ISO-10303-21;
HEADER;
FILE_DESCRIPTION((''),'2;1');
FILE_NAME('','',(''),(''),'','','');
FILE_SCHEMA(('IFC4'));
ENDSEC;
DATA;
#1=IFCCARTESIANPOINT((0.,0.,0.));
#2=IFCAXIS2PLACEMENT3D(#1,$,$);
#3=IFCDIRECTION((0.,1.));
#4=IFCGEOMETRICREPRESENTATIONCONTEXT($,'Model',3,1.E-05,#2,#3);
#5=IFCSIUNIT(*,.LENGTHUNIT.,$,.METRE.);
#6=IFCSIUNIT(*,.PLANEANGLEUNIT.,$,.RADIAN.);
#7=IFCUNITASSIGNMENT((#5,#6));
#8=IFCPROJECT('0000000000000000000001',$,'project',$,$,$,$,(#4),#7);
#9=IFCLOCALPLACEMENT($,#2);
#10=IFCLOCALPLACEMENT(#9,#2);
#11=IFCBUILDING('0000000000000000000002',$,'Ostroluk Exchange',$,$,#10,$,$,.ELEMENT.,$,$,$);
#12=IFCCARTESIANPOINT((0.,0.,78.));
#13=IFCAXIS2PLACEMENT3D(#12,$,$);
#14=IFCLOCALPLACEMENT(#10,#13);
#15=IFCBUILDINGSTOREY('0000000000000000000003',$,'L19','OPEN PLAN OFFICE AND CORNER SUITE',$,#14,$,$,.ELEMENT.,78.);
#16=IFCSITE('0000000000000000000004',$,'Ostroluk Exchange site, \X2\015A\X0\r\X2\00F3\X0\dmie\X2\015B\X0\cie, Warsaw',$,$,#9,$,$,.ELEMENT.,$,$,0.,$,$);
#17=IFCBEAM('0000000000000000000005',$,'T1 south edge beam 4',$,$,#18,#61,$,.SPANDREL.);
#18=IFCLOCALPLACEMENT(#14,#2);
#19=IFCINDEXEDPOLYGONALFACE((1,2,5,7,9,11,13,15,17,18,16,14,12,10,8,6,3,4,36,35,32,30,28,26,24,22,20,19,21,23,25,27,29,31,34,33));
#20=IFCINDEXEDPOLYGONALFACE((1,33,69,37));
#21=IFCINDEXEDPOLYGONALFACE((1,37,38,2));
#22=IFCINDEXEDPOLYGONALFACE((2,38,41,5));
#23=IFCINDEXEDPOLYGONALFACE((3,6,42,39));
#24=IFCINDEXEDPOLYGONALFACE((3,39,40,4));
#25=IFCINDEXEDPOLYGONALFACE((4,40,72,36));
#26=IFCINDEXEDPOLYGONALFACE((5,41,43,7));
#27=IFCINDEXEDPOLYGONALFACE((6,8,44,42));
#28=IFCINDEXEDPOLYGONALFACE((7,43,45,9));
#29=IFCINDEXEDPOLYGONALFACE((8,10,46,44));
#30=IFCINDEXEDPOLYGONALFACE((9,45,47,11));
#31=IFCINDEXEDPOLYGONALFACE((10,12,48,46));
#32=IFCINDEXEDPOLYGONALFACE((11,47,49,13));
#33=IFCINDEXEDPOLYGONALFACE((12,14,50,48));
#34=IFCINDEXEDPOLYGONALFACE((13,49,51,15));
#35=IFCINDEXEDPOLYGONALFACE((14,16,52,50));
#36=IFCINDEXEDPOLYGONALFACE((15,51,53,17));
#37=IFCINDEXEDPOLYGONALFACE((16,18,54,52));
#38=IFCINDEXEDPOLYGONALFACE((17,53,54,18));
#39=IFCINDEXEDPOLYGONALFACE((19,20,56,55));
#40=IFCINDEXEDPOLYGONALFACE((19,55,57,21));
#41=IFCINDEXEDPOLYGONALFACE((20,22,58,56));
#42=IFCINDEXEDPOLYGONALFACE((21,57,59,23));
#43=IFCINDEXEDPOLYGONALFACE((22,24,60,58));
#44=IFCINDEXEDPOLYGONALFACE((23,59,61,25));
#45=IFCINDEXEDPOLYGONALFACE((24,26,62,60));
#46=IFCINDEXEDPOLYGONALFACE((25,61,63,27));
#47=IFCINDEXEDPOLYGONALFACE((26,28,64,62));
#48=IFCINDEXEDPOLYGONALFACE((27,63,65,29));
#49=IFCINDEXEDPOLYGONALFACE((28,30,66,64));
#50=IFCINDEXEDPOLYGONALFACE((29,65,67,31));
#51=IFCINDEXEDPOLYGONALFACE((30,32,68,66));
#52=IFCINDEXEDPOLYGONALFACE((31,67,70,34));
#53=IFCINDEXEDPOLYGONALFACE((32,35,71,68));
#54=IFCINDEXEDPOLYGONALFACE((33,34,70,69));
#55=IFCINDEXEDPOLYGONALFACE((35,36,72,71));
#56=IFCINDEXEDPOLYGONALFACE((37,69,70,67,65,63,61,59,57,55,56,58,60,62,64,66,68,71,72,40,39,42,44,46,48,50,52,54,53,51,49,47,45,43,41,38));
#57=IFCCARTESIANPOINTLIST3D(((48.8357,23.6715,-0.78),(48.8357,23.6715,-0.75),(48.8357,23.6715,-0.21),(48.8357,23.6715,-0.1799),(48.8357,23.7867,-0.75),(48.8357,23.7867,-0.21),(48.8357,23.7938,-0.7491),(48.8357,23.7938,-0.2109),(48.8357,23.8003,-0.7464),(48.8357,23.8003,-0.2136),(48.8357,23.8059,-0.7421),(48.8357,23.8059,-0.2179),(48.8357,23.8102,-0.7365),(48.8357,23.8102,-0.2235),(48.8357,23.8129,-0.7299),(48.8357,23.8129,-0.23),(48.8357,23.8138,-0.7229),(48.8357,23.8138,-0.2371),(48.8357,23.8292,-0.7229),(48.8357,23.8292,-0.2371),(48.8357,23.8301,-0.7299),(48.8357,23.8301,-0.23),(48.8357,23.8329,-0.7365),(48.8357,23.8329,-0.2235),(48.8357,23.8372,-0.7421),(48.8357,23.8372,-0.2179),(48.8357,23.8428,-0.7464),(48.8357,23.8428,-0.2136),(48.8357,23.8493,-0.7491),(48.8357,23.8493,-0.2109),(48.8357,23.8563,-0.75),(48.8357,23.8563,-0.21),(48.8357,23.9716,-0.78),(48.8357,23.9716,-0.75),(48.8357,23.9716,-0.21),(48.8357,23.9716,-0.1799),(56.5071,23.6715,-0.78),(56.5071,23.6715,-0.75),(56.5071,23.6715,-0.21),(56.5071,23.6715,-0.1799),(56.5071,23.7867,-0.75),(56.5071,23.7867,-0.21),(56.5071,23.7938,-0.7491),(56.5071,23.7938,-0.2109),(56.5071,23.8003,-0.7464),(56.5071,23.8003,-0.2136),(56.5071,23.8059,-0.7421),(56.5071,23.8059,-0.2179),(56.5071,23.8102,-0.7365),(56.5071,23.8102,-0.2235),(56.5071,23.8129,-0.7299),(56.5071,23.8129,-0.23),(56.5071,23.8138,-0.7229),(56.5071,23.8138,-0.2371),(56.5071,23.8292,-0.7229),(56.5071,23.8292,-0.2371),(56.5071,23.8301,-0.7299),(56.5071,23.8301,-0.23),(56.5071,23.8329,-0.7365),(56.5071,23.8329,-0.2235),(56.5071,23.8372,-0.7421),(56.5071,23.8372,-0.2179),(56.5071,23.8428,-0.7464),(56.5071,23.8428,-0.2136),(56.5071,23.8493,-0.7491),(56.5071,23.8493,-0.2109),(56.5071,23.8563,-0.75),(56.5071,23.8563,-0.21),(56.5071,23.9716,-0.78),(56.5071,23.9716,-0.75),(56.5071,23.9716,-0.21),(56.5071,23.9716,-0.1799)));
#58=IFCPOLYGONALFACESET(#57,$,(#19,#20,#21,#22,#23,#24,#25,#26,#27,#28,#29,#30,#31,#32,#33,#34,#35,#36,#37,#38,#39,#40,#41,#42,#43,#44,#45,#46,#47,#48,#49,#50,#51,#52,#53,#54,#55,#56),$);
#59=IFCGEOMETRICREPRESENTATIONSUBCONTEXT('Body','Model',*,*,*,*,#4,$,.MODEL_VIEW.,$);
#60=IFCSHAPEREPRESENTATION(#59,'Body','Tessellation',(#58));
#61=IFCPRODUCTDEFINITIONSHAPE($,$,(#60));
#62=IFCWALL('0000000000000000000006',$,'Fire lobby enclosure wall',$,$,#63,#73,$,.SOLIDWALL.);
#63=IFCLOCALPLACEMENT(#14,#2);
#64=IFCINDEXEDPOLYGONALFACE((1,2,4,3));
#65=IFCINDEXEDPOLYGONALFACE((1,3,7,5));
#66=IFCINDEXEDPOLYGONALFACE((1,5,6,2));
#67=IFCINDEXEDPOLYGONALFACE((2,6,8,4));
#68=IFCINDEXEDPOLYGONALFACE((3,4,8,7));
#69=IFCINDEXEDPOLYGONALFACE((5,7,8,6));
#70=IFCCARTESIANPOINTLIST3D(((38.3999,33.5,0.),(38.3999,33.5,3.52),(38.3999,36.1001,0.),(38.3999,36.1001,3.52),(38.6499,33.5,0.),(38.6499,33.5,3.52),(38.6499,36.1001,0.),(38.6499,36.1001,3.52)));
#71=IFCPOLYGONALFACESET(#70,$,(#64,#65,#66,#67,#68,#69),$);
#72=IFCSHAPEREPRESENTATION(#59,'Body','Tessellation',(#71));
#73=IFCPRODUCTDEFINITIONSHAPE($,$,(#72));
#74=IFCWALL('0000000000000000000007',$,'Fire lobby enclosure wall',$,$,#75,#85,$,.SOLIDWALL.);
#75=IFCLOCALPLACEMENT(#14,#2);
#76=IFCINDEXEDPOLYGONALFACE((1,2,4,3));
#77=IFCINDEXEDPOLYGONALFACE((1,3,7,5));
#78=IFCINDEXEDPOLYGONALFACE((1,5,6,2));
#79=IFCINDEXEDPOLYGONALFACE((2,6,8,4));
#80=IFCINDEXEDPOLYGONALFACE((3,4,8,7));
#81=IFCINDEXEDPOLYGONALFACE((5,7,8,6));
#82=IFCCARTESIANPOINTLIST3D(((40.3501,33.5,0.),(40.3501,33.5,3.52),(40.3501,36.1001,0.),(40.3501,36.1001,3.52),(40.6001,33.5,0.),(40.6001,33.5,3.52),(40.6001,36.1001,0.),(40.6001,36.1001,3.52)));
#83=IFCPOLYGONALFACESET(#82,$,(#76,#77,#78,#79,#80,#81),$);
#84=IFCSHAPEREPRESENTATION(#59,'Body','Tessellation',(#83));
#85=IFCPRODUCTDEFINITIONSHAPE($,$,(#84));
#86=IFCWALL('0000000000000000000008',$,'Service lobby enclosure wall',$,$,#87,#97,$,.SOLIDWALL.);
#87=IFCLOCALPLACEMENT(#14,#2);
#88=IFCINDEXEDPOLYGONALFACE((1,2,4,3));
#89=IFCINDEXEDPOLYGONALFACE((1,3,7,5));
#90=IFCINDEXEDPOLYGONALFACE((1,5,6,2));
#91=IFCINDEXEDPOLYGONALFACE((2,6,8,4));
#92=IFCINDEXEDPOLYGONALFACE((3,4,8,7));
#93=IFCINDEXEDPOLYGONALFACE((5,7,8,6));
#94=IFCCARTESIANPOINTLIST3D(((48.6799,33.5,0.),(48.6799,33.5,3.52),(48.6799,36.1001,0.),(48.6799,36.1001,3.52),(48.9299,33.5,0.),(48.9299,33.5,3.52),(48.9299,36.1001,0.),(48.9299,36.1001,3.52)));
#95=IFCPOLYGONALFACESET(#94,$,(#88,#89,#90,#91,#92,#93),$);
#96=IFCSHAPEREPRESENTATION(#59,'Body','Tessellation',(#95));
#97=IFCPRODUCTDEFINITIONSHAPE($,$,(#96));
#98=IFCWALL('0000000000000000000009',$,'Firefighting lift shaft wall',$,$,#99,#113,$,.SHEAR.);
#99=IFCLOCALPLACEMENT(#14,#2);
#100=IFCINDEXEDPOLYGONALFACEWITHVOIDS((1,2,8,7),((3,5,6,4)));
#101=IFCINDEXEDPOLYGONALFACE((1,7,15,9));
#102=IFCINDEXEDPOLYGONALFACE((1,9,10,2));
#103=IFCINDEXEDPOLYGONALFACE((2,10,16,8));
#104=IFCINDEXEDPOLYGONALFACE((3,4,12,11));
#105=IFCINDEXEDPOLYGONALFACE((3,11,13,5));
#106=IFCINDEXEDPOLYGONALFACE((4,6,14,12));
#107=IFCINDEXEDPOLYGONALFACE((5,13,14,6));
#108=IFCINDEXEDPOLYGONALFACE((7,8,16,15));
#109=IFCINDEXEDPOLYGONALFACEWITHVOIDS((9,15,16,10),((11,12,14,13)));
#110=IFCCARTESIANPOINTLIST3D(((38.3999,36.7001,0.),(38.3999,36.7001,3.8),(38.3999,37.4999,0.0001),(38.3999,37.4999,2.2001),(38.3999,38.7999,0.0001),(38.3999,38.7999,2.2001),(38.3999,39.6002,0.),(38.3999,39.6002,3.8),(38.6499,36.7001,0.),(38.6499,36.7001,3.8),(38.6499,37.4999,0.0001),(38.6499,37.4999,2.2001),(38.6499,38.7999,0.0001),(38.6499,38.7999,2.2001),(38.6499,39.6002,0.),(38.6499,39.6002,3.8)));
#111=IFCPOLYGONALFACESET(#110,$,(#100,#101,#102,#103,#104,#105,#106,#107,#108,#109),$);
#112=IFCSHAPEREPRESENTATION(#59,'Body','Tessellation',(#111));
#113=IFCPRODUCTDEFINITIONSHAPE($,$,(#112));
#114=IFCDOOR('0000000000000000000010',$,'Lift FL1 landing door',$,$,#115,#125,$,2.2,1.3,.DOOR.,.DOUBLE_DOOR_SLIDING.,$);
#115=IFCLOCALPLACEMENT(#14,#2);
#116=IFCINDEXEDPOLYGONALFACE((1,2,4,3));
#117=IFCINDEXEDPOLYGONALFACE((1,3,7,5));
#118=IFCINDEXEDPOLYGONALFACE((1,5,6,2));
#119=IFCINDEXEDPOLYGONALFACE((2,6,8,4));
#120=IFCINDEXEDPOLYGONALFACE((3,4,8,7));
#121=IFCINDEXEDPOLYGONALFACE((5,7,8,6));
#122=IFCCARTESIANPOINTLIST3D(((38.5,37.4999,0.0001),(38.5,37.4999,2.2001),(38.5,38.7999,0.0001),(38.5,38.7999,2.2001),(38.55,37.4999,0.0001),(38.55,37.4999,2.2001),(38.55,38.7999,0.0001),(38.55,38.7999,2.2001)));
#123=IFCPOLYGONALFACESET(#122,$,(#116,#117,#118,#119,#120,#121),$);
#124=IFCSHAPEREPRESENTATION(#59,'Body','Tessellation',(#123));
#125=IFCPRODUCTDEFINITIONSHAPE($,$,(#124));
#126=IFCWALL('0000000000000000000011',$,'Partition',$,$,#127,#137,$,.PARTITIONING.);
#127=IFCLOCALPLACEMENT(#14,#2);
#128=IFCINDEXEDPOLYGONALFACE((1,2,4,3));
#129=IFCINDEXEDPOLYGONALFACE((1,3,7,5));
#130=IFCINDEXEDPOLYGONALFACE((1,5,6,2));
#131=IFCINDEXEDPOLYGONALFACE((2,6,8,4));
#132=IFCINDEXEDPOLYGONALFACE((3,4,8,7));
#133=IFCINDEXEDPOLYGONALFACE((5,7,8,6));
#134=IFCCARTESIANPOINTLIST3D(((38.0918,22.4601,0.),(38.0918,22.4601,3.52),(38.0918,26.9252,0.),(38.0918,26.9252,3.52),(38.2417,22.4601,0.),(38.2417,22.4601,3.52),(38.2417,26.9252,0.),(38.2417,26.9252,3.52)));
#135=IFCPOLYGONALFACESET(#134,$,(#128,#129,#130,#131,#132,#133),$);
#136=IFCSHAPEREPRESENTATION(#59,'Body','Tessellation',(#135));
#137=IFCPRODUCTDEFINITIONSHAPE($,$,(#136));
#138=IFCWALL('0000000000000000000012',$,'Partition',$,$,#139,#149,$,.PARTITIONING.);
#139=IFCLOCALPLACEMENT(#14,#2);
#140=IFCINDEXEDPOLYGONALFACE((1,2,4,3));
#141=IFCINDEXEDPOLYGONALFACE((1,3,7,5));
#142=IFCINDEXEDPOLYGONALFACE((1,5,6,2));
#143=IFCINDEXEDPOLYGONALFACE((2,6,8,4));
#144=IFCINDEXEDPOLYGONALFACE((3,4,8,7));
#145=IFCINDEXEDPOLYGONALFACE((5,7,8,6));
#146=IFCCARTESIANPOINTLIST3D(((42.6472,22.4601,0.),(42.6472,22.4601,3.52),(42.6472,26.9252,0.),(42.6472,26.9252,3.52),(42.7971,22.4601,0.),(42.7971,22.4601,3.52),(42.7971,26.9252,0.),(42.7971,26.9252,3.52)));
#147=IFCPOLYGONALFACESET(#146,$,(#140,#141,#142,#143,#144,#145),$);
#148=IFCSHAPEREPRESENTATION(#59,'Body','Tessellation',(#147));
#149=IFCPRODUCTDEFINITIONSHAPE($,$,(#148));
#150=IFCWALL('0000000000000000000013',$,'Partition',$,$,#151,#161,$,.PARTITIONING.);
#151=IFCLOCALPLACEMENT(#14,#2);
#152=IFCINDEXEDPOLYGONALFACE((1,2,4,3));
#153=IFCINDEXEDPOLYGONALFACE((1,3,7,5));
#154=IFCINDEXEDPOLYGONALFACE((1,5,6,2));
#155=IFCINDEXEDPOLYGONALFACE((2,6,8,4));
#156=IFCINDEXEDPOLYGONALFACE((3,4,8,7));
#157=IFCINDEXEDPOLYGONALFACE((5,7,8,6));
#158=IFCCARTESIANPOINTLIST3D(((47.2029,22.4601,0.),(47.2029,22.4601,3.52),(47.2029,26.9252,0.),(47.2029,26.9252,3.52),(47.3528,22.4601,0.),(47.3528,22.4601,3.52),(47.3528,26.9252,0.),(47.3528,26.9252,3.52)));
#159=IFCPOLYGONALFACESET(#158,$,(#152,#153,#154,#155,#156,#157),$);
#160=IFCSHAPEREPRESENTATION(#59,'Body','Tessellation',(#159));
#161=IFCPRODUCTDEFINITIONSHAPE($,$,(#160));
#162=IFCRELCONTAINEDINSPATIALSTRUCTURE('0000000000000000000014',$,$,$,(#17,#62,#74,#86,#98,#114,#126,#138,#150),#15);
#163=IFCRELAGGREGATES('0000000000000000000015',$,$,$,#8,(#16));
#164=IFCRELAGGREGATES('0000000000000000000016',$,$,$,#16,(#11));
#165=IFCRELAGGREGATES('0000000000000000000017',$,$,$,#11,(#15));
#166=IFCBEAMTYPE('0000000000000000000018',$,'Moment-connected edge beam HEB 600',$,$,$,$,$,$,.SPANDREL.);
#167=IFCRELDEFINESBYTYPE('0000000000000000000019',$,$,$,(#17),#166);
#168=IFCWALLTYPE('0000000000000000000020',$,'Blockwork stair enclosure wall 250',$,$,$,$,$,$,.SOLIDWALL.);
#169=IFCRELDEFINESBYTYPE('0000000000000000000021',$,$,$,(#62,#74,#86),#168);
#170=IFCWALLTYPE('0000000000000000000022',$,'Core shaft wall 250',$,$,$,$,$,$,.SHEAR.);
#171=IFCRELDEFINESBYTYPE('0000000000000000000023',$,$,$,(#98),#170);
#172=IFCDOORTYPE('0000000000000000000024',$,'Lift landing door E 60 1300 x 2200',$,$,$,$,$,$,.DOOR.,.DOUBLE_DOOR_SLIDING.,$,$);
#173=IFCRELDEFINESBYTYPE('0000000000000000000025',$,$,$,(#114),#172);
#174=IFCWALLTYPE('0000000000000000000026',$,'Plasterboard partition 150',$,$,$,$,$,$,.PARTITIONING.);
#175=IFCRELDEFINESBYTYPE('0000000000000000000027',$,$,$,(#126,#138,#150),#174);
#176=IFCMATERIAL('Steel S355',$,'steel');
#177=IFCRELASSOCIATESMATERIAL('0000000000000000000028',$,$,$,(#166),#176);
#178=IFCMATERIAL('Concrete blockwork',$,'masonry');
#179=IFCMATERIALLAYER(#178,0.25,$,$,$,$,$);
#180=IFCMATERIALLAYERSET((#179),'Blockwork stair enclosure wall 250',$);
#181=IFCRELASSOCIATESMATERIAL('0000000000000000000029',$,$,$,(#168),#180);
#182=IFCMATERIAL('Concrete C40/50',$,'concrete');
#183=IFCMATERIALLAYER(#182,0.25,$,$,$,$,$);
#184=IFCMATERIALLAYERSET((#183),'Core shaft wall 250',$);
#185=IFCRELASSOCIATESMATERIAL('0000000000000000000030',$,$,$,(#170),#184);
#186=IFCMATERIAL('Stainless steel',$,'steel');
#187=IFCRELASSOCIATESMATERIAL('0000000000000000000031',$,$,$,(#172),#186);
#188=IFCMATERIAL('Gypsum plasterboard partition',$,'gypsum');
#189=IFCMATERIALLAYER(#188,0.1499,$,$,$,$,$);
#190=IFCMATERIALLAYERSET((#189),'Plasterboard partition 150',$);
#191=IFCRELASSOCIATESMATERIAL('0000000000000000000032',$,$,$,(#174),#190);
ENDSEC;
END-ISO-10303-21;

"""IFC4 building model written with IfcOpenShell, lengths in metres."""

from ifc_helpers import new_model, si_unit, direction, frame, frame_2d, origin, origin_2d, place, context, subcontext, project, spatial, rectangle, i_section, extrude, material, layer, layer_set, material_profile, profile_set, type_object, element, fill, save


model = new_model("IFC4")

# Units and contexts
model_context = context("Model", 3, precision=1e-05, world=origin(), true_north=direction((0.0, 1.0)))
body_context = subcontext(model_context, "Body", "Model", "MODEL_VIEW")
ifc_project = project(units=[si_unit("LENGTHUNIT", "METRE"), si_unit("PLANEANGLEUNIT", "RADIAN")], contexts=[model_context])

# Site, building, storey
site_placement = place(None, origin())
site = spatial("IfcSite", under=ifc_project, at=site_placement, Name="Ostroluk Exchange site, Śródmieście, Warsaw", CompositionType="ELEMENT", RefElevation=0.0)
building_placement = place(site_placement, origin())
building = spatial("IfcBuilding", under=site, at=building_placement, Name="Ostroluk Exchange", CompositionType="ELEMENT")
storey_placement = place(building_placement, frame((0.0, 0.0, 78.0)))
storey = spatial("IfcBuildingStorey", under=building, at=storey_placement, Name="L19", Description="OPEN PLAN OFFICE AND CORNER SUITE", CompositionType="ELEMENT", Elevation=78.0)

# Beam
ifc_material_1 = material(Name="Steel S355", Category="steel")
ifc_material_profile_1 = material_profile(ifc_material_1, i_section(OverallWidth=0.3, OverallDepth=0.6001, WebThickness=0.0154, FlangeThickness=0.03, FilletRadius=0.0271, at=origin_2d()), Name="HEB 600")
ifc_profile_set_1 = profile_set([ifc_material_profile_1], Name="Steel S355")
beam_type_1 = type_object("IfcBeamType", Name="Moment-connected edge beam HEB 600", PredefinedType="SPANDREL", material=ifc_profile_set_1)
for number, where, z_axis, x_axis, name in (
    (1, (48.8357, 23.8215, -0.48), (1.0, 0.0, 0.0), (0.0, 1.0, 0.0), "T1 south edge beam 4"),
):
    element("IfcBeam", number, at=place(storey_placement, frame(where, z_axis=z_axis, x_axis=x_axis)), inside=storey, type_object=beam_type_1, Name=name, PredefinedType="SPANDREL", context=body_context, shape_type="SweptSolid", body=[
        extrude(i_section(OverallWidth=0.3, OverallDepth=0.6001, WebThickness=0.0154, FlangeThickness=0.03, FilletRadius=0.0271, at=origin_2d()), origin(), (0.0, 0.0, 1.0), 7.6714),
    ])

# Walls
ifc_material_2 = material(Name="Concrete blockwork", Category="masonry")
ifc_layer_1 = layer(ifc_material_2, 0.25)
ifc_layer_set_1 = layer_set([ifc_layer_1], Name="Blockwork stair enclosure wall 250")
wall_type_1 = type_object("IfcWallType", Name="Blockwork stair enclosure wall 250", PredefinedType="SOLIDWALL", material=ifc_layer_set_1)
for number, where, z_axis, x_axis, name in (
    (2, (38.5249, 33.5, 0.0), (0.0, 0.0, 1.0), (0.0, 1.0, 0.0), "Fire lobby enclosure wall"),
    (3, (40.4751, 33.5, 0.0), (0.0, 0.0, 1.0), (0.0, 1.0, 0.0), "Fire lobby enclosure wall"),
    (4, (48.8049, 33.5, 0.0), (0.0, 0.0, 1.0), (0.0, 1.0, 0.0), "Service lobby enclosure wall"),
):
    element("IfcWall", number, at=place(storey_placement, frame(where, z_axis=z_axis, x_axis=x_axis)), inside=storey, type_object=wall_type_1, Name=name, PredefinedType="SOLIDWALL", context=body_context, shape_type="SweptSolid", body=[
        extrude(rectangle(XDim=2.6001, YDim=0.25, at=frame_2d((1.3, 0.0))), origin(), (0.0, 0.0, 1.0), 3.52),
    ])

# Wall, opening, door
ifc_material_3 = material(Name="Concrete C40/50", Category="concrete")
ifc_layer_2 = layer(ifc_material_3, 0.25)
ifc_layer_set_2 = layer_set([ifc_layer_2], Name="Core shaft wall 250")
wall_type_2 = type_object("IfcWallType", Name="Core shaft wall 250", PredefinedType="SHEAR", material=ifc_layer_set_2)
wall_placement = place(storey_placement, frame((38.5249, 36.7, 0.0), z_axis=(0.0, 0.0, 1.0), x_axis=(0.0, 1.0, 0.0)))
wall = element("IfcWall", 5, at=wall_placement, inside=storey, type_object=wall_type_2, Name="Firefighting lift shaft wall", PredefinedType="SHEAR", context=body_context, shape_type="SweptSolid", body=[
    extrude(rectangle(XDim=2.9001, YDim=0.25, at=frame_2d((1.4502, 0.0))), origin(), (0.0, 0.0, 1.0), 3.8),
])
opening_placement = place(wall_placement, frame((0.8, 0.0, 0.0)))
opening = element("IfcOpeningElement", 6, at=opening_placement, cuts=wall, PredefinedType="OPENING", context=body_context, shape_type="SweptSolid", body=[
    extrude(rectangle(XDim=1.3, YDim=2.2, at=frame_2d((0.6499, 1.1001))), frame((0.0, 0.135, 0.0), z_axis=(0.0, -1.0, 0.0), x_axis=(1.0, 0.0, 0.0)), (0.0, 0.0, 1.0), 0.27),
])
ifc_material_4 = material(Name="Stainless steel", Category="steel")
door_type = type_object("IfcDoorType", Name="Lift landing door E 60 1300 x 2200", OperationType="DOUBLE_DOOR_SLIDING", PredefinedType="DOOR", material=ifc_material_4)
door_placement = place(opening_placement, origin())
door = element("IfcDoor", 7, at=door_placement, inside=storey, type_object=door_type, Name="Lift FL1 landing door", OperationType="DOUBLE_DOOR_SLIDING", OverallHeight=2.2, OverallWidth=1.3, PredefinedType="DOOR", context=body_context, shape_type="SweptSolid", body=[
    extrude(rectangle(XDim=1.3, YDim=2.2, at=frame_2d((0.6499, 1.1001))), frame((0.0, 0.0249, 0.0), z_axis=(0.0, -1.0, 0.0), x_axis=(1.0, 0.0, 0.0)), (0.0, 0.0, 1.0), 0.05),
])
fill(opening, door)

# Walls
ifc_material_5 = material(Name="Gypsum plasterboard partition", Category="gypsum")
ifc_layer_3 = layer(ifc_material_5, 0.1499)
ifc_layer_set_3 = layer_set([ifc_layer_3], Name="Plasterboard partition 150")
wall_type_3 = type_object("IfcWallType", Name="Plasterboard partition 150", PredefinedType="PARTITIONING", material=ifc_layer_set_3)
for number, where, z_axis, x_axis, name in (
    (8, (38.1667, 26.925, 0.0), (0.0, 0.0, 1.0), (0.0, -1.0, 0.0), "Partition"),
    (9, (42.7222, 26.925, 0.0), (0.0, 0.0, 1.0), (0.0, -1.0, 0.0), "Partition"),
    (10, (47.2778, 26.925, 0.0), (0.0, 0.0, 1.0), (0.0, -1.0, 0.0), "Partition"),
):
    element("IfcWall", number, at=place(storey_placement, frame(where, z_axis=z_axis, x_axis=x_axis)), inside=storey, type_object=wall_type_3, Name=name, PredefinedType="PARTITIONING", context=body_context, shape_type="SweptSolid", body=[
        extrude(rectangle(XDim=4.4651, YDim=0.1499, at=frame_2d((2.2324, 0.0))), origin(), (0.0, 0.0, 1.0), 3.52),
    ])

save(model, "model.ifc")
